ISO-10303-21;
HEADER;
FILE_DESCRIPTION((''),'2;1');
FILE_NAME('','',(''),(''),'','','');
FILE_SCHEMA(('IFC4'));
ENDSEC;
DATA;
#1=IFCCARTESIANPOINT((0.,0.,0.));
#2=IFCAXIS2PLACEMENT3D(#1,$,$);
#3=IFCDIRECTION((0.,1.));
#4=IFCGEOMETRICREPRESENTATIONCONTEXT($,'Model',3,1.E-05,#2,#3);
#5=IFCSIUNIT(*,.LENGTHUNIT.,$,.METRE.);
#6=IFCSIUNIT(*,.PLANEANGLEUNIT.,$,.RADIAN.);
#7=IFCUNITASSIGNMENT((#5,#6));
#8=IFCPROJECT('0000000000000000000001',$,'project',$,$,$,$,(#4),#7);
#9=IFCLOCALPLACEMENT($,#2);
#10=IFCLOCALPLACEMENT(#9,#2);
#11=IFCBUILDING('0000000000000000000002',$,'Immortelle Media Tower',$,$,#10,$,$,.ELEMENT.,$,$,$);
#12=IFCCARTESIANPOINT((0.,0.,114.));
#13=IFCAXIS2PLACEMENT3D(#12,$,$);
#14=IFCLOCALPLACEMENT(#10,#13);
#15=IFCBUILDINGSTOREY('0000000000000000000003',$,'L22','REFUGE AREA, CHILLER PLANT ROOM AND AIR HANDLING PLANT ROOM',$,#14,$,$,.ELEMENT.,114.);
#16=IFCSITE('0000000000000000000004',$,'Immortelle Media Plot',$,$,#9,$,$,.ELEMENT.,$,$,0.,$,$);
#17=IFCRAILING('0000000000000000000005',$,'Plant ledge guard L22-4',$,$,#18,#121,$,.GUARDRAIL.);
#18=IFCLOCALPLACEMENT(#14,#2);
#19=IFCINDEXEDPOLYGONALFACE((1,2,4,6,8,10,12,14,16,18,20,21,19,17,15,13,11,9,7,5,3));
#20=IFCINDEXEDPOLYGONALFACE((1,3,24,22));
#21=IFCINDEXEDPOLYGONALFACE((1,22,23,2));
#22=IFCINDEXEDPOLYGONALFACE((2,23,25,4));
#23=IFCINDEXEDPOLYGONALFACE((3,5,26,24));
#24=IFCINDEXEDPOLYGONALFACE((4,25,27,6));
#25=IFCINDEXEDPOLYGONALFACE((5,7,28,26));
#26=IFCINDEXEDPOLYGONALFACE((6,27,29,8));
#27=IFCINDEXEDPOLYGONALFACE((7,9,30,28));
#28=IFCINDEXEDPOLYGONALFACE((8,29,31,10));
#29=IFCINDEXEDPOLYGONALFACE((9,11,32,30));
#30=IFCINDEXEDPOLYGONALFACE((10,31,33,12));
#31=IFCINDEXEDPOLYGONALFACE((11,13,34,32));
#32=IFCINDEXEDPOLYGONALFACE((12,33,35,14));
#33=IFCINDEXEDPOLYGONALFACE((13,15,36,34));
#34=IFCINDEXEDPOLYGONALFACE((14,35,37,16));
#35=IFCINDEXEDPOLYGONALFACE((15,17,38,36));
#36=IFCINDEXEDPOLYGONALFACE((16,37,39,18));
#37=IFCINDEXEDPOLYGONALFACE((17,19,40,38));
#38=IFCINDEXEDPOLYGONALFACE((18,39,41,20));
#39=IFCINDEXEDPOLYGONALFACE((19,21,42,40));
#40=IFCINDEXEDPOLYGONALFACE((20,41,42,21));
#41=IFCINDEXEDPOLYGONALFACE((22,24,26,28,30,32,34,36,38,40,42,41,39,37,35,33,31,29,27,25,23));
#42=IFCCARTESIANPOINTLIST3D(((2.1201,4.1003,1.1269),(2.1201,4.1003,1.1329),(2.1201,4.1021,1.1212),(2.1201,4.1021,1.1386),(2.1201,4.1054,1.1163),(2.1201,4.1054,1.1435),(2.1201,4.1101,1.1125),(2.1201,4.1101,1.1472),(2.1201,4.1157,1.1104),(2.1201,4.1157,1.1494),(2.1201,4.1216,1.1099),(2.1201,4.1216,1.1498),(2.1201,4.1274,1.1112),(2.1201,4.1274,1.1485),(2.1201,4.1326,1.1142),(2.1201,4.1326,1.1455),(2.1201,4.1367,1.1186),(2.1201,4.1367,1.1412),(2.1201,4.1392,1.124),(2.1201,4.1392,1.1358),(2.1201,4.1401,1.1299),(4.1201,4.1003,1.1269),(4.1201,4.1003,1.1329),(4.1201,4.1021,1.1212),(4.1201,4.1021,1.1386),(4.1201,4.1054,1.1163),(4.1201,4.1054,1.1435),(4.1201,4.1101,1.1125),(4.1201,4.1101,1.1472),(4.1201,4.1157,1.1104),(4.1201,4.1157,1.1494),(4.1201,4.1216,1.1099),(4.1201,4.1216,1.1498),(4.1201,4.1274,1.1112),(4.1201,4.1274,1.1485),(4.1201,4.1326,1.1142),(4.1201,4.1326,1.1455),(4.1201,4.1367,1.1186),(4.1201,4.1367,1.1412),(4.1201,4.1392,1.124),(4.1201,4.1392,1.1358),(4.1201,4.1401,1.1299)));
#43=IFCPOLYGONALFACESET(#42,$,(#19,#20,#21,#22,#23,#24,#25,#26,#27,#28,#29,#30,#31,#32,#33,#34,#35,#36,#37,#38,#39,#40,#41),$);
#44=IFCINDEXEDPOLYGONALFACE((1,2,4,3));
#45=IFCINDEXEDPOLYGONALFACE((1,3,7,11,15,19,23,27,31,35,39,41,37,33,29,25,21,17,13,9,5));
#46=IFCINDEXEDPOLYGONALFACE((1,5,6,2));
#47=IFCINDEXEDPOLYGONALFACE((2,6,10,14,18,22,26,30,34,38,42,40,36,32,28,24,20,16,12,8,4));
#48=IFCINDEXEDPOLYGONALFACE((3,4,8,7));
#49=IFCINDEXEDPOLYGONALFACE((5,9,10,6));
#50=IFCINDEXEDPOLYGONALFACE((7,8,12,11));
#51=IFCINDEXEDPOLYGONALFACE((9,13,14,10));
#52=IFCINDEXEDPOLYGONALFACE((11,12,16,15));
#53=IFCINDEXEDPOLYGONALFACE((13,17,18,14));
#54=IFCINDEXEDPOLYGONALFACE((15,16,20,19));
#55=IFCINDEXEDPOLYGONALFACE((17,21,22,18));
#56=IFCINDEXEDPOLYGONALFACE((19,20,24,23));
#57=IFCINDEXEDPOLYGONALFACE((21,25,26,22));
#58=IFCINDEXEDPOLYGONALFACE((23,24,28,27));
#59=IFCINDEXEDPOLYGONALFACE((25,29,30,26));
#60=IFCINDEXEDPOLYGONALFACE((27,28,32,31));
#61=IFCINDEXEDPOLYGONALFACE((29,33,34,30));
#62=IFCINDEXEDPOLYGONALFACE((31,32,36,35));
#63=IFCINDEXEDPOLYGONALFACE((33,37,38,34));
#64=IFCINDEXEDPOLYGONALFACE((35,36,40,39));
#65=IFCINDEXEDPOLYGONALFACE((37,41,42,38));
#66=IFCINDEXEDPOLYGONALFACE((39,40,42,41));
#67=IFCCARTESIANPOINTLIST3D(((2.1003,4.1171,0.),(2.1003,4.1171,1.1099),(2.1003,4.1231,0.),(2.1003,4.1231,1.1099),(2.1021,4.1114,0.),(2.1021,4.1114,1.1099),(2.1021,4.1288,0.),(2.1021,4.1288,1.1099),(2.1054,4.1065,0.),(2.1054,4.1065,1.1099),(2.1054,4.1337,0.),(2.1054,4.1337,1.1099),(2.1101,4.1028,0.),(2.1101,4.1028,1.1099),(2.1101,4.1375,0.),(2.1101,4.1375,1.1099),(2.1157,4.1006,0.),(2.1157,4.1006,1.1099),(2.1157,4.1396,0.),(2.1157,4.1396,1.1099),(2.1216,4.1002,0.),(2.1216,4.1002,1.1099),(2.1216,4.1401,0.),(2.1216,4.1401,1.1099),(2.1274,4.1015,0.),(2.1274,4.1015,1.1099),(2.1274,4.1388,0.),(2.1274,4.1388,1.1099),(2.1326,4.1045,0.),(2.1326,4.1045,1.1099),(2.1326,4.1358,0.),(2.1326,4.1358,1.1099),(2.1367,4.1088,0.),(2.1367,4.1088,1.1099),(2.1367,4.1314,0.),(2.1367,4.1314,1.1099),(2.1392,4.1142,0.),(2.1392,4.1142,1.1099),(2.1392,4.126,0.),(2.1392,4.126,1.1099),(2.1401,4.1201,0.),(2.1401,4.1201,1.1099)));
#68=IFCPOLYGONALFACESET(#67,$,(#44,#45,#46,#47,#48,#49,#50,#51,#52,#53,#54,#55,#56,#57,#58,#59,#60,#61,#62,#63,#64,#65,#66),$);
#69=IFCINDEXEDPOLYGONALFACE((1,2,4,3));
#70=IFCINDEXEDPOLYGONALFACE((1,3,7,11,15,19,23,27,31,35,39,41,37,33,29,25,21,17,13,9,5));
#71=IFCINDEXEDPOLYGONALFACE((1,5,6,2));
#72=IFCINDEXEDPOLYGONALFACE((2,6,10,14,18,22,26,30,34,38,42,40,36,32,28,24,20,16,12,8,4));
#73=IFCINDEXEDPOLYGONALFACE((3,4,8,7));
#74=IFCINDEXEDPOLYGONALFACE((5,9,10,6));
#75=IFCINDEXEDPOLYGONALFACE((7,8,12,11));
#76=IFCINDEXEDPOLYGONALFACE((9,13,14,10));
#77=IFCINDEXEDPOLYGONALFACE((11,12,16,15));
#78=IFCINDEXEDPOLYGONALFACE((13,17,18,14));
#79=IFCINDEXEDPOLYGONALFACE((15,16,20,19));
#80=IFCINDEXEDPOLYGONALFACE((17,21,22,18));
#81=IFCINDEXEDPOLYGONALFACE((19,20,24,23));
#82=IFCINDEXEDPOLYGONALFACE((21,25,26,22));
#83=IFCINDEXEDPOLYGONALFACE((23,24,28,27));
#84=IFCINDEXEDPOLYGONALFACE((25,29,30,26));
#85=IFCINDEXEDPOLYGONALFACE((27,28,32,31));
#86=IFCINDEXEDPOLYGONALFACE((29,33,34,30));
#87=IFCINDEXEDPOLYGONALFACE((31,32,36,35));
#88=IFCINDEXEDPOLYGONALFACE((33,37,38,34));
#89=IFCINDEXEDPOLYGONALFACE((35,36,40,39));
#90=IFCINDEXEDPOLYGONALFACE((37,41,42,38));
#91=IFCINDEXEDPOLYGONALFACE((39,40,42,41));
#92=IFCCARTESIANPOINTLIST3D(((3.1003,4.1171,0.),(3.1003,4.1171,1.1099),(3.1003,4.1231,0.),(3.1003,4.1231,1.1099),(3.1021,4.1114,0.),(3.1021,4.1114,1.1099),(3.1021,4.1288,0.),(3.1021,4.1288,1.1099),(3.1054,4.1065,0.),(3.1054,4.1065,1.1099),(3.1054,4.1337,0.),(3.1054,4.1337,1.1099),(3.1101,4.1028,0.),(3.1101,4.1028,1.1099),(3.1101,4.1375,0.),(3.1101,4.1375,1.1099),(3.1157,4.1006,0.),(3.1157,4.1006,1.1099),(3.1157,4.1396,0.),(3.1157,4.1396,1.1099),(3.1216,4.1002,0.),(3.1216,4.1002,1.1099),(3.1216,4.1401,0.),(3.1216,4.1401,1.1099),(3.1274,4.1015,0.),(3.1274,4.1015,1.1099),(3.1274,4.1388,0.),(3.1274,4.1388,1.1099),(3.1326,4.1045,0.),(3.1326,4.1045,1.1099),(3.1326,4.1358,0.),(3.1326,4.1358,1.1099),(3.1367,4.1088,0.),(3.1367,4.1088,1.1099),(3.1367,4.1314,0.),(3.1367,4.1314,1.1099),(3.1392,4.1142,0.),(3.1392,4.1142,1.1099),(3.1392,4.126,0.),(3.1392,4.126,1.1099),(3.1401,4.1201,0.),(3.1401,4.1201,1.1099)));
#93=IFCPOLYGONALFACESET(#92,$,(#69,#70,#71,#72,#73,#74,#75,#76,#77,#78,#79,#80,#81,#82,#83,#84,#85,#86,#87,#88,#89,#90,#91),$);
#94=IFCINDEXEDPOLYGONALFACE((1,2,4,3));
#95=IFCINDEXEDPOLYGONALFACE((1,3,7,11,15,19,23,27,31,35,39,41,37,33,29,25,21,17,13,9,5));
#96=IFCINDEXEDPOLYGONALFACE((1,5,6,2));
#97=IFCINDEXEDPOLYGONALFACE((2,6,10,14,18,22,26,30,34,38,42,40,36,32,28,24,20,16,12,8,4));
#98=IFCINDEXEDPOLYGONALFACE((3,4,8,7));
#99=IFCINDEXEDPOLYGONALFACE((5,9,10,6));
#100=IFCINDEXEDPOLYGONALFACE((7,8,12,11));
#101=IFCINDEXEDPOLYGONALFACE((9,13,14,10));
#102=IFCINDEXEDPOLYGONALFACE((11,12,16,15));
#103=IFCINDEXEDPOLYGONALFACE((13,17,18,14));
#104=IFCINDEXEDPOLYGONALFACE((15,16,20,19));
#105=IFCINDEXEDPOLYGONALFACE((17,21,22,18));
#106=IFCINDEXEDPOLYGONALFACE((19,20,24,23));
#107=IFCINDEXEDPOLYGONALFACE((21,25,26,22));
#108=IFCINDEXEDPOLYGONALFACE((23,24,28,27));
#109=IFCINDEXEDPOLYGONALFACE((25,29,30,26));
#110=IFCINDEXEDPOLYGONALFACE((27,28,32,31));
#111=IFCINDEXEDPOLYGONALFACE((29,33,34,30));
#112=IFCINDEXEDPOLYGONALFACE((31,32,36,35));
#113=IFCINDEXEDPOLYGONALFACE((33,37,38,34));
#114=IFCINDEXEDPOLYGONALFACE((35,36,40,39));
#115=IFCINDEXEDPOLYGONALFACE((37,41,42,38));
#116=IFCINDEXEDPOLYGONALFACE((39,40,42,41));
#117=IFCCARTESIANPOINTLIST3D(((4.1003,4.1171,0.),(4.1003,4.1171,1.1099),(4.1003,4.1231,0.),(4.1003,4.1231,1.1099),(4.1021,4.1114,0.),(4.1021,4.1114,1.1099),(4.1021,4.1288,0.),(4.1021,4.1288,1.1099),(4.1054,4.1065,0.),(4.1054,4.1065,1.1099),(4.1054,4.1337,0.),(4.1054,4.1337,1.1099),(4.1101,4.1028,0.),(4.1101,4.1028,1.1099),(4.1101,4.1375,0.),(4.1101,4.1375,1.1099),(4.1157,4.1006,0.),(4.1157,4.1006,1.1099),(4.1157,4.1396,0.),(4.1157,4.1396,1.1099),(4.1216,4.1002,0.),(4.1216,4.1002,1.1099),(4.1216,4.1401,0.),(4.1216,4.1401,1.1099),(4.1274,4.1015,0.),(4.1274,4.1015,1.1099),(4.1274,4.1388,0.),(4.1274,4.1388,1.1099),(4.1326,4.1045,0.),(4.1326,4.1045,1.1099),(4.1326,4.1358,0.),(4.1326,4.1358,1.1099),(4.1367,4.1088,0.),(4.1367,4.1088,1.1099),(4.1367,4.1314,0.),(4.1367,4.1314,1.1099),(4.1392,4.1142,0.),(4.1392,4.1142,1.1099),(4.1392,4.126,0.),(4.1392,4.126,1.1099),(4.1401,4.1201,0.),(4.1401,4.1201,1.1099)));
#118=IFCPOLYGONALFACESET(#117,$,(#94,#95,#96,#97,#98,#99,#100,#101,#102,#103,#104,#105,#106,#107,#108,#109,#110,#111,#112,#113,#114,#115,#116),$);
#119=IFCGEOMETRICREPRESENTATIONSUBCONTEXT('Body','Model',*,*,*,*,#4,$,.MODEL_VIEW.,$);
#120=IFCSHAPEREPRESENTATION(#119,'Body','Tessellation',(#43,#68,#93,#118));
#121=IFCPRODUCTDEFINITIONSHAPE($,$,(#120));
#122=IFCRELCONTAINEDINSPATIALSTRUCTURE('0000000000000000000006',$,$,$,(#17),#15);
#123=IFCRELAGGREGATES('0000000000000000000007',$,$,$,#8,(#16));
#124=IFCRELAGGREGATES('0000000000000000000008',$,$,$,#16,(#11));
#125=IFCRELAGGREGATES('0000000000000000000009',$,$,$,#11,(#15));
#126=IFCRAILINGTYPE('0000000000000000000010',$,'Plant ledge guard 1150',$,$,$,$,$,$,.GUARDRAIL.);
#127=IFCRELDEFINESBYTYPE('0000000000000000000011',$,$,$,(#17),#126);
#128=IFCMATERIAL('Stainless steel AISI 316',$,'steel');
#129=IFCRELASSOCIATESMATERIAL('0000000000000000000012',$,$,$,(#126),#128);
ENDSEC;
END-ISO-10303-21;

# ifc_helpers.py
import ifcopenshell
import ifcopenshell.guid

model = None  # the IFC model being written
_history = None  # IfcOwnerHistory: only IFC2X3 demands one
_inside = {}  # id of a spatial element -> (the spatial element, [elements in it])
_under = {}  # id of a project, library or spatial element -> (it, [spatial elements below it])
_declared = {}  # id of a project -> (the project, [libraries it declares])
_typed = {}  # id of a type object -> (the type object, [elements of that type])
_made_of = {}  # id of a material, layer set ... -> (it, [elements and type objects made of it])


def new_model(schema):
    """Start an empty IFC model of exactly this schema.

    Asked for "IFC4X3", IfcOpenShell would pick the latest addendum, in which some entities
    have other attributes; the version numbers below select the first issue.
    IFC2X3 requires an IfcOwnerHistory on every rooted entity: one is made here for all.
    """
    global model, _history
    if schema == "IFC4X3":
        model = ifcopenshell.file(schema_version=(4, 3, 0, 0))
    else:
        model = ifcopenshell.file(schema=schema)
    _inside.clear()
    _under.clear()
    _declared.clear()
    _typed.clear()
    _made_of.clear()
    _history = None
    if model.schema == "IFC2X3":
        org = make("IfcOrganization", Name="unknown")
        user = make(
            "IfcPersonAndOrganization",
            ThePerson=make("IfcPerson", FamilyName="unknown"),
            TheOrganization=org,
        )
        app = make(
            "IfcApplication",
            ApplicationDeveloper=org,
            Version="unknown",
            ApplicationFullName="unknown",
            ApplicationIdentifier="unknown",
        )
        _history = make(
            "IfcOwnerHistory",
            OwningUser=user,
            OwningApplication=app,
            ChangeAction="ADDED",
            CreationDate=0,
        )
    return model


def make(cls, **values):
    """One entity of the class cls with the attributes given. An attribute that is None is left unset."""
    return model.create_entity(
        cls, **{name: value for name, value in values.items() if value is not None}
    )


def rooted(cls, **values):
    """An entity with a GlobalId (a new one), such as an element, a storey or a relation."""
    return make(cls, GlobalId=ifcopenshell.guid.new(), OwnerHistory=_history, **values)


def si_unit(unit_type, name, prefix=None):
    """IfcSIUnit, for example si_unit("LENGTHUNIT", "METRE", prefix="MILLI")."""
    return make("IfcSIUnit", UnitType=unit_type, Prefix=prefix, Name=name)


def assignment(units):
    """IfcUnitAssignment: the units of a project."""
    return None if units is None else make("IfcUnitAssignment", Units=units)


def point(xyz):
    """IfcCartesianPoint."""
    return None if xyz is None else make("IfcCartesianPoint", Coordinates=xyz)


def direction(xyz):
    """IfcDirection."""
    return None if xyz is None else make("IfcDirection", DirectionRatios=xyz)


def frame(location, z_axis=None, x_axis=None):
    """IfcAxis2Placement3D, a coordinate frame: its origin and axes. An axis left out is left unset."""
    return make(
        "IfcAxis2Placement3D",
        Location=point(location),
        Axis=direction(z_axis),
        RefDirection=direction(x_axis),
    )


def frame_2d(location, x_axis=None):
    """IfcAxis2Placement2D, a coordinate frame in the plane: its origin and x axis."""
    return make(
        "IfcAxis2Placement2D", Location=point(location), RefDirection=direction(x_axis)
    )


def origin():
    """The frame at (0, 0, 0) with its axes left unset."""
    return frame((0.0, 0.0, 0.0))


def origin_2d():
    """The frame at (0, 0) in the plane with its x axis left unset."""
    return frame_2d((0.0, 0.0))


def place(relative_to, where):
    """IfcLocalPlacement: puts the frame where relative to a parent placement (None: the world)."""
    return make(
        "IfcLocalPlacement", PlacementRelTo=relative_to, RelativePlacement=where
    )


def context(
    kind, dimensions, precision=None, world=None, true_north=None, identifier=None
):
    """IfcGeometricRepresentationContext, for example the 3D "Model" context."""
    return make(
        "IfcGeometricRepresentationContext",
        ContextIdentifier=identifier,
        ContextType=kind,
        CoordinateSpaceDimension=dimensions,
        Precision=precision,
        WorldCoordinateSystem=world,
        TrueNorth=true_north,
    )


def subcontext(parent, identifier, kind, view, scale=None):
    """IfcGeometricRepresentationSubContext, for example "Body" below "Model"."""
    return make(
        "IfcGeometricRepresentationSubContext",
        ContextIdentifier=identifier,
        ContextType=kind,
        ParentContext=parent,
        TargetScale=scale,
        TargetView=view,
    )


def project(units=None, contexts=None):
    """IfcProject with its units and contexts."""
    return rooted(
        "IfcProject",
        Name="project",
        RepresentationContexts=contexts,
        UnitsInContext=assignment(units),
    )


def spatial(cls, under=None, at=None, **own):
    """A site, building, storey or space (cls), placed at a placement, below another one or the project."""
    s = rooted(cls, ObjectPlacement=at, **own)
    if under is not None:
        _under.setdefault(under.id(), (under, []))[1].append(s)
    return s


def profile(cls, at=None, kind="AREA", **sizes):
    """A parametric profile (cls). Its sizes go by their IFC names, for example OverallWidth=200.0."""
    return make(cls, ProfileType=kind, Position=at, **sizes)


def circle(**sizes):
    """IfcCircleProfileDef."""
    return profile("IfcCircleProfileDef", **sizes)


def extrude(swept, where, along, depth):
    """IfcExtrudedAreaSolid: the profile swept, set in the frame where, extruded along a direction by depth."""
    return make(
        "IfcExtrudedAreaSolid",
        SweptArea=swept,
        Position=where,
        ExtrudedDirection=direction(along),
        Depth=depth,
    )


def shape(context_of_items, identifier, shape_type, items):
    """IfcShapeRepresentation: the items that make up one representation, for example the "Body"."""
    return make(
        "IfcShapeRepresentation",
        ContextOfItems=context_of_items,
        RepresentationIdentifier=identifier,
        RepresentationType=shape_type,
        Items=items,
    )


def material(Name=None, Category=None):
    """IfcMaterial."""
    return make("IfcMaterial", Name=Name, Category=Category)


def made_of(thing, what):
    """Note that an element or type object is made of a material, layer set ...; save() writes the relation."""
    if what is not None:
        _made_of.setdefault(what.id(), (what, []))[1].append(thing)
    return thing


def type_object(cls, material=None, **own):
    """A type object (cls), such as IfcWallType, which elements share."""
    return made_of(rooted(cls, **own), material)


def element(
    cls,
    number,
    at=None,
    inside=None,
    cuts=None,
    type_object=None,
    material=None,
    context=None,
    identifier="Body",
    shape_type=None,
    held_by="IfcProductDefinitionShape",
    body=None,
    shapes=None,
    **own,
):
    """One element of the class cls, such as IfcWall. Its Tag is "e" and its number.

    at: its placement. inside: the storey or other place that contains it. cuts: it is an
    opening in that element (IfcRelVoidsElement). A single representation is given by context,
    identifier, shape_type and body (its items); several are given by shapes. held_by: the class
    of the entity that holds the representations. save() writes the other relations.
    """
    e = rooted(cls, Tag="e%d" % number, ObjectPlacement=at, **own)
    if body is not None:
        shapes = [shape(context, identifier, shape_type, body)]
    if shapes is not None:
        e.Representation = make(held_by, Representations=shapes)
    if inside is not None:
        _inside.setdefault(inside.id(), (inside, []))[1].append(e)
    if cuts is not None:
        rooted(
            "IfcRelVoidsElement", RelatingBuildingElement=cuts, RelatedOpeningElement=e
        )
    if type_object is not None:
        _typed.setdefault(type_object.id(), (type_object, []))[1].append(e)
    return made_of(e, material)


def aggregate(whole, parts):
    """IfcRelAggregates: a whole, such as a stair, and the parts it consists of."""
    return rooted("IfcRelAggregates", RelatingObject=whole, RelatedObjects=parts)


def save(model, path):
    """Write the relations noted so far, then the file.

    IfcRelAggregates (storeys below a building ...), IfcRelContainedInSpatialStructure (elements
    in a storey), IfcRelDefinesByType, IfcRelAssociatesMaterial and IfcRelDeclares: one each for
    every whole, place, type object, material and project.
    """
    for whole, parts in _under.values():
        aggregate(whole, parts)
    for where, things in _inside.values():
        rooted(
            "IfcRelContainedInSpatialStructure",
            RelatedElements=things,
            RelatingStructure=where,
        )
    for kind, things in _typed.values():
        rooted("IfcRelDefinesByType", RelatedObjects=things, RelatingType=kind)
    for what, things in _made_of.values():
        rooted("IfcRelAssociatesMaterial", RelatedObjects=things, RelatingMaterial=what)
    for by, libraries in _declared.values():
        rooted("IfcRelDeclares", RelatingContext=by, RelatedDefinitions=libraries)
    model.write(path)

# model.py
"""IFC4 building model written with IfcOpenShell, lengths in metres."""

from ifc_helpers import new_model, si_unit, direction, frame, origin, origin_2d, place, context, subcontext, project, spatial, circle, extrude, material, type_object, element, save


model = new_model("IFC4")

# Units and contexts
model_context = context("Model", 3, precision=1e-05, world=origin(), true_north=direction((0.0, 1.0)))
body_context = subcontext(model_context, "Body", "Model", "MODEL_VIEW")
ifc_project = project(units=[si_unit("LENGTHUNIT", "METRE"), si_unit("PLANEANGLEUNIT", "RADIAN")], contexts=[model_context])

# Site, building, storey
site_placement = place(None, origin())
site = spatial("IfcSite", under=ifc_project, at=site_placement, Name="Immortelle Media Plot", CompositionType="ELEMENT", RefElevation=0.0)
building_placement = place(site_placement, origin())
building = spatial("IfcBuilding", under=site, at=building_placement, Name="Immortelle Media Tower", CompositionType="ELEMENT")
storey_placement = place(building_placement, frame((0.0, 0.0, 114.0)))
storey = spatial("IfcBuildingStorey", under=building, at=storey_placement, Name="L22", Description="REFUGE AREA, CHILLER PLANT ROOM AND AIR HANDLING PLANT ROOM", CompositionType="ELEMENT", Elevation=114.0)

# Railing
ifc_material_1 = material(Name="Stainless steel AISI 316", Category="steel")
railing_type = type_object("IfcRailingType", Name="Plant ledge guard 1150", PredefinedType="GUARDRAIL", material=ifc_material_1)
railing_1_placement = place(storey_placement, frame((2.1201, 4.1201, 0.0)))
element("IfcRailing", 1, at=railing_1_placement, inside=storey, type_object=railing_type, Name="Plant ledge guard L22-4", PredefinedType="GUARDRAIL", context=body_context, shape_type="SweptSolid", body=[
    extrude(circle(Radius=0.02, at=origin_2d()), frame((0.0, 0.0, 1.1299), z_axis=(1.0, 0.0, 0.0), x_axis=(0.0, 1.0, 0.0)), (0.0, 0.0, 1.0), 2.0),
    extrude(circle(Radius=0.02, at=origin_2d()), origin(), (0.0, 0.0, 1.0), 1.1099),
    extrude(circle(Radius=0.02, at=origin_2d()), frame((1.0, 0.0, 0.0)), (0.0, 0.0, 1.0), 1.1099),
    extrude(circle(Radius=0.02, at=origin_2d()), frame((2.0, 0.0, 0.0)), (0.0, 0.0, 1.0), 1.1099),
])

save(model, "model.ifc")
